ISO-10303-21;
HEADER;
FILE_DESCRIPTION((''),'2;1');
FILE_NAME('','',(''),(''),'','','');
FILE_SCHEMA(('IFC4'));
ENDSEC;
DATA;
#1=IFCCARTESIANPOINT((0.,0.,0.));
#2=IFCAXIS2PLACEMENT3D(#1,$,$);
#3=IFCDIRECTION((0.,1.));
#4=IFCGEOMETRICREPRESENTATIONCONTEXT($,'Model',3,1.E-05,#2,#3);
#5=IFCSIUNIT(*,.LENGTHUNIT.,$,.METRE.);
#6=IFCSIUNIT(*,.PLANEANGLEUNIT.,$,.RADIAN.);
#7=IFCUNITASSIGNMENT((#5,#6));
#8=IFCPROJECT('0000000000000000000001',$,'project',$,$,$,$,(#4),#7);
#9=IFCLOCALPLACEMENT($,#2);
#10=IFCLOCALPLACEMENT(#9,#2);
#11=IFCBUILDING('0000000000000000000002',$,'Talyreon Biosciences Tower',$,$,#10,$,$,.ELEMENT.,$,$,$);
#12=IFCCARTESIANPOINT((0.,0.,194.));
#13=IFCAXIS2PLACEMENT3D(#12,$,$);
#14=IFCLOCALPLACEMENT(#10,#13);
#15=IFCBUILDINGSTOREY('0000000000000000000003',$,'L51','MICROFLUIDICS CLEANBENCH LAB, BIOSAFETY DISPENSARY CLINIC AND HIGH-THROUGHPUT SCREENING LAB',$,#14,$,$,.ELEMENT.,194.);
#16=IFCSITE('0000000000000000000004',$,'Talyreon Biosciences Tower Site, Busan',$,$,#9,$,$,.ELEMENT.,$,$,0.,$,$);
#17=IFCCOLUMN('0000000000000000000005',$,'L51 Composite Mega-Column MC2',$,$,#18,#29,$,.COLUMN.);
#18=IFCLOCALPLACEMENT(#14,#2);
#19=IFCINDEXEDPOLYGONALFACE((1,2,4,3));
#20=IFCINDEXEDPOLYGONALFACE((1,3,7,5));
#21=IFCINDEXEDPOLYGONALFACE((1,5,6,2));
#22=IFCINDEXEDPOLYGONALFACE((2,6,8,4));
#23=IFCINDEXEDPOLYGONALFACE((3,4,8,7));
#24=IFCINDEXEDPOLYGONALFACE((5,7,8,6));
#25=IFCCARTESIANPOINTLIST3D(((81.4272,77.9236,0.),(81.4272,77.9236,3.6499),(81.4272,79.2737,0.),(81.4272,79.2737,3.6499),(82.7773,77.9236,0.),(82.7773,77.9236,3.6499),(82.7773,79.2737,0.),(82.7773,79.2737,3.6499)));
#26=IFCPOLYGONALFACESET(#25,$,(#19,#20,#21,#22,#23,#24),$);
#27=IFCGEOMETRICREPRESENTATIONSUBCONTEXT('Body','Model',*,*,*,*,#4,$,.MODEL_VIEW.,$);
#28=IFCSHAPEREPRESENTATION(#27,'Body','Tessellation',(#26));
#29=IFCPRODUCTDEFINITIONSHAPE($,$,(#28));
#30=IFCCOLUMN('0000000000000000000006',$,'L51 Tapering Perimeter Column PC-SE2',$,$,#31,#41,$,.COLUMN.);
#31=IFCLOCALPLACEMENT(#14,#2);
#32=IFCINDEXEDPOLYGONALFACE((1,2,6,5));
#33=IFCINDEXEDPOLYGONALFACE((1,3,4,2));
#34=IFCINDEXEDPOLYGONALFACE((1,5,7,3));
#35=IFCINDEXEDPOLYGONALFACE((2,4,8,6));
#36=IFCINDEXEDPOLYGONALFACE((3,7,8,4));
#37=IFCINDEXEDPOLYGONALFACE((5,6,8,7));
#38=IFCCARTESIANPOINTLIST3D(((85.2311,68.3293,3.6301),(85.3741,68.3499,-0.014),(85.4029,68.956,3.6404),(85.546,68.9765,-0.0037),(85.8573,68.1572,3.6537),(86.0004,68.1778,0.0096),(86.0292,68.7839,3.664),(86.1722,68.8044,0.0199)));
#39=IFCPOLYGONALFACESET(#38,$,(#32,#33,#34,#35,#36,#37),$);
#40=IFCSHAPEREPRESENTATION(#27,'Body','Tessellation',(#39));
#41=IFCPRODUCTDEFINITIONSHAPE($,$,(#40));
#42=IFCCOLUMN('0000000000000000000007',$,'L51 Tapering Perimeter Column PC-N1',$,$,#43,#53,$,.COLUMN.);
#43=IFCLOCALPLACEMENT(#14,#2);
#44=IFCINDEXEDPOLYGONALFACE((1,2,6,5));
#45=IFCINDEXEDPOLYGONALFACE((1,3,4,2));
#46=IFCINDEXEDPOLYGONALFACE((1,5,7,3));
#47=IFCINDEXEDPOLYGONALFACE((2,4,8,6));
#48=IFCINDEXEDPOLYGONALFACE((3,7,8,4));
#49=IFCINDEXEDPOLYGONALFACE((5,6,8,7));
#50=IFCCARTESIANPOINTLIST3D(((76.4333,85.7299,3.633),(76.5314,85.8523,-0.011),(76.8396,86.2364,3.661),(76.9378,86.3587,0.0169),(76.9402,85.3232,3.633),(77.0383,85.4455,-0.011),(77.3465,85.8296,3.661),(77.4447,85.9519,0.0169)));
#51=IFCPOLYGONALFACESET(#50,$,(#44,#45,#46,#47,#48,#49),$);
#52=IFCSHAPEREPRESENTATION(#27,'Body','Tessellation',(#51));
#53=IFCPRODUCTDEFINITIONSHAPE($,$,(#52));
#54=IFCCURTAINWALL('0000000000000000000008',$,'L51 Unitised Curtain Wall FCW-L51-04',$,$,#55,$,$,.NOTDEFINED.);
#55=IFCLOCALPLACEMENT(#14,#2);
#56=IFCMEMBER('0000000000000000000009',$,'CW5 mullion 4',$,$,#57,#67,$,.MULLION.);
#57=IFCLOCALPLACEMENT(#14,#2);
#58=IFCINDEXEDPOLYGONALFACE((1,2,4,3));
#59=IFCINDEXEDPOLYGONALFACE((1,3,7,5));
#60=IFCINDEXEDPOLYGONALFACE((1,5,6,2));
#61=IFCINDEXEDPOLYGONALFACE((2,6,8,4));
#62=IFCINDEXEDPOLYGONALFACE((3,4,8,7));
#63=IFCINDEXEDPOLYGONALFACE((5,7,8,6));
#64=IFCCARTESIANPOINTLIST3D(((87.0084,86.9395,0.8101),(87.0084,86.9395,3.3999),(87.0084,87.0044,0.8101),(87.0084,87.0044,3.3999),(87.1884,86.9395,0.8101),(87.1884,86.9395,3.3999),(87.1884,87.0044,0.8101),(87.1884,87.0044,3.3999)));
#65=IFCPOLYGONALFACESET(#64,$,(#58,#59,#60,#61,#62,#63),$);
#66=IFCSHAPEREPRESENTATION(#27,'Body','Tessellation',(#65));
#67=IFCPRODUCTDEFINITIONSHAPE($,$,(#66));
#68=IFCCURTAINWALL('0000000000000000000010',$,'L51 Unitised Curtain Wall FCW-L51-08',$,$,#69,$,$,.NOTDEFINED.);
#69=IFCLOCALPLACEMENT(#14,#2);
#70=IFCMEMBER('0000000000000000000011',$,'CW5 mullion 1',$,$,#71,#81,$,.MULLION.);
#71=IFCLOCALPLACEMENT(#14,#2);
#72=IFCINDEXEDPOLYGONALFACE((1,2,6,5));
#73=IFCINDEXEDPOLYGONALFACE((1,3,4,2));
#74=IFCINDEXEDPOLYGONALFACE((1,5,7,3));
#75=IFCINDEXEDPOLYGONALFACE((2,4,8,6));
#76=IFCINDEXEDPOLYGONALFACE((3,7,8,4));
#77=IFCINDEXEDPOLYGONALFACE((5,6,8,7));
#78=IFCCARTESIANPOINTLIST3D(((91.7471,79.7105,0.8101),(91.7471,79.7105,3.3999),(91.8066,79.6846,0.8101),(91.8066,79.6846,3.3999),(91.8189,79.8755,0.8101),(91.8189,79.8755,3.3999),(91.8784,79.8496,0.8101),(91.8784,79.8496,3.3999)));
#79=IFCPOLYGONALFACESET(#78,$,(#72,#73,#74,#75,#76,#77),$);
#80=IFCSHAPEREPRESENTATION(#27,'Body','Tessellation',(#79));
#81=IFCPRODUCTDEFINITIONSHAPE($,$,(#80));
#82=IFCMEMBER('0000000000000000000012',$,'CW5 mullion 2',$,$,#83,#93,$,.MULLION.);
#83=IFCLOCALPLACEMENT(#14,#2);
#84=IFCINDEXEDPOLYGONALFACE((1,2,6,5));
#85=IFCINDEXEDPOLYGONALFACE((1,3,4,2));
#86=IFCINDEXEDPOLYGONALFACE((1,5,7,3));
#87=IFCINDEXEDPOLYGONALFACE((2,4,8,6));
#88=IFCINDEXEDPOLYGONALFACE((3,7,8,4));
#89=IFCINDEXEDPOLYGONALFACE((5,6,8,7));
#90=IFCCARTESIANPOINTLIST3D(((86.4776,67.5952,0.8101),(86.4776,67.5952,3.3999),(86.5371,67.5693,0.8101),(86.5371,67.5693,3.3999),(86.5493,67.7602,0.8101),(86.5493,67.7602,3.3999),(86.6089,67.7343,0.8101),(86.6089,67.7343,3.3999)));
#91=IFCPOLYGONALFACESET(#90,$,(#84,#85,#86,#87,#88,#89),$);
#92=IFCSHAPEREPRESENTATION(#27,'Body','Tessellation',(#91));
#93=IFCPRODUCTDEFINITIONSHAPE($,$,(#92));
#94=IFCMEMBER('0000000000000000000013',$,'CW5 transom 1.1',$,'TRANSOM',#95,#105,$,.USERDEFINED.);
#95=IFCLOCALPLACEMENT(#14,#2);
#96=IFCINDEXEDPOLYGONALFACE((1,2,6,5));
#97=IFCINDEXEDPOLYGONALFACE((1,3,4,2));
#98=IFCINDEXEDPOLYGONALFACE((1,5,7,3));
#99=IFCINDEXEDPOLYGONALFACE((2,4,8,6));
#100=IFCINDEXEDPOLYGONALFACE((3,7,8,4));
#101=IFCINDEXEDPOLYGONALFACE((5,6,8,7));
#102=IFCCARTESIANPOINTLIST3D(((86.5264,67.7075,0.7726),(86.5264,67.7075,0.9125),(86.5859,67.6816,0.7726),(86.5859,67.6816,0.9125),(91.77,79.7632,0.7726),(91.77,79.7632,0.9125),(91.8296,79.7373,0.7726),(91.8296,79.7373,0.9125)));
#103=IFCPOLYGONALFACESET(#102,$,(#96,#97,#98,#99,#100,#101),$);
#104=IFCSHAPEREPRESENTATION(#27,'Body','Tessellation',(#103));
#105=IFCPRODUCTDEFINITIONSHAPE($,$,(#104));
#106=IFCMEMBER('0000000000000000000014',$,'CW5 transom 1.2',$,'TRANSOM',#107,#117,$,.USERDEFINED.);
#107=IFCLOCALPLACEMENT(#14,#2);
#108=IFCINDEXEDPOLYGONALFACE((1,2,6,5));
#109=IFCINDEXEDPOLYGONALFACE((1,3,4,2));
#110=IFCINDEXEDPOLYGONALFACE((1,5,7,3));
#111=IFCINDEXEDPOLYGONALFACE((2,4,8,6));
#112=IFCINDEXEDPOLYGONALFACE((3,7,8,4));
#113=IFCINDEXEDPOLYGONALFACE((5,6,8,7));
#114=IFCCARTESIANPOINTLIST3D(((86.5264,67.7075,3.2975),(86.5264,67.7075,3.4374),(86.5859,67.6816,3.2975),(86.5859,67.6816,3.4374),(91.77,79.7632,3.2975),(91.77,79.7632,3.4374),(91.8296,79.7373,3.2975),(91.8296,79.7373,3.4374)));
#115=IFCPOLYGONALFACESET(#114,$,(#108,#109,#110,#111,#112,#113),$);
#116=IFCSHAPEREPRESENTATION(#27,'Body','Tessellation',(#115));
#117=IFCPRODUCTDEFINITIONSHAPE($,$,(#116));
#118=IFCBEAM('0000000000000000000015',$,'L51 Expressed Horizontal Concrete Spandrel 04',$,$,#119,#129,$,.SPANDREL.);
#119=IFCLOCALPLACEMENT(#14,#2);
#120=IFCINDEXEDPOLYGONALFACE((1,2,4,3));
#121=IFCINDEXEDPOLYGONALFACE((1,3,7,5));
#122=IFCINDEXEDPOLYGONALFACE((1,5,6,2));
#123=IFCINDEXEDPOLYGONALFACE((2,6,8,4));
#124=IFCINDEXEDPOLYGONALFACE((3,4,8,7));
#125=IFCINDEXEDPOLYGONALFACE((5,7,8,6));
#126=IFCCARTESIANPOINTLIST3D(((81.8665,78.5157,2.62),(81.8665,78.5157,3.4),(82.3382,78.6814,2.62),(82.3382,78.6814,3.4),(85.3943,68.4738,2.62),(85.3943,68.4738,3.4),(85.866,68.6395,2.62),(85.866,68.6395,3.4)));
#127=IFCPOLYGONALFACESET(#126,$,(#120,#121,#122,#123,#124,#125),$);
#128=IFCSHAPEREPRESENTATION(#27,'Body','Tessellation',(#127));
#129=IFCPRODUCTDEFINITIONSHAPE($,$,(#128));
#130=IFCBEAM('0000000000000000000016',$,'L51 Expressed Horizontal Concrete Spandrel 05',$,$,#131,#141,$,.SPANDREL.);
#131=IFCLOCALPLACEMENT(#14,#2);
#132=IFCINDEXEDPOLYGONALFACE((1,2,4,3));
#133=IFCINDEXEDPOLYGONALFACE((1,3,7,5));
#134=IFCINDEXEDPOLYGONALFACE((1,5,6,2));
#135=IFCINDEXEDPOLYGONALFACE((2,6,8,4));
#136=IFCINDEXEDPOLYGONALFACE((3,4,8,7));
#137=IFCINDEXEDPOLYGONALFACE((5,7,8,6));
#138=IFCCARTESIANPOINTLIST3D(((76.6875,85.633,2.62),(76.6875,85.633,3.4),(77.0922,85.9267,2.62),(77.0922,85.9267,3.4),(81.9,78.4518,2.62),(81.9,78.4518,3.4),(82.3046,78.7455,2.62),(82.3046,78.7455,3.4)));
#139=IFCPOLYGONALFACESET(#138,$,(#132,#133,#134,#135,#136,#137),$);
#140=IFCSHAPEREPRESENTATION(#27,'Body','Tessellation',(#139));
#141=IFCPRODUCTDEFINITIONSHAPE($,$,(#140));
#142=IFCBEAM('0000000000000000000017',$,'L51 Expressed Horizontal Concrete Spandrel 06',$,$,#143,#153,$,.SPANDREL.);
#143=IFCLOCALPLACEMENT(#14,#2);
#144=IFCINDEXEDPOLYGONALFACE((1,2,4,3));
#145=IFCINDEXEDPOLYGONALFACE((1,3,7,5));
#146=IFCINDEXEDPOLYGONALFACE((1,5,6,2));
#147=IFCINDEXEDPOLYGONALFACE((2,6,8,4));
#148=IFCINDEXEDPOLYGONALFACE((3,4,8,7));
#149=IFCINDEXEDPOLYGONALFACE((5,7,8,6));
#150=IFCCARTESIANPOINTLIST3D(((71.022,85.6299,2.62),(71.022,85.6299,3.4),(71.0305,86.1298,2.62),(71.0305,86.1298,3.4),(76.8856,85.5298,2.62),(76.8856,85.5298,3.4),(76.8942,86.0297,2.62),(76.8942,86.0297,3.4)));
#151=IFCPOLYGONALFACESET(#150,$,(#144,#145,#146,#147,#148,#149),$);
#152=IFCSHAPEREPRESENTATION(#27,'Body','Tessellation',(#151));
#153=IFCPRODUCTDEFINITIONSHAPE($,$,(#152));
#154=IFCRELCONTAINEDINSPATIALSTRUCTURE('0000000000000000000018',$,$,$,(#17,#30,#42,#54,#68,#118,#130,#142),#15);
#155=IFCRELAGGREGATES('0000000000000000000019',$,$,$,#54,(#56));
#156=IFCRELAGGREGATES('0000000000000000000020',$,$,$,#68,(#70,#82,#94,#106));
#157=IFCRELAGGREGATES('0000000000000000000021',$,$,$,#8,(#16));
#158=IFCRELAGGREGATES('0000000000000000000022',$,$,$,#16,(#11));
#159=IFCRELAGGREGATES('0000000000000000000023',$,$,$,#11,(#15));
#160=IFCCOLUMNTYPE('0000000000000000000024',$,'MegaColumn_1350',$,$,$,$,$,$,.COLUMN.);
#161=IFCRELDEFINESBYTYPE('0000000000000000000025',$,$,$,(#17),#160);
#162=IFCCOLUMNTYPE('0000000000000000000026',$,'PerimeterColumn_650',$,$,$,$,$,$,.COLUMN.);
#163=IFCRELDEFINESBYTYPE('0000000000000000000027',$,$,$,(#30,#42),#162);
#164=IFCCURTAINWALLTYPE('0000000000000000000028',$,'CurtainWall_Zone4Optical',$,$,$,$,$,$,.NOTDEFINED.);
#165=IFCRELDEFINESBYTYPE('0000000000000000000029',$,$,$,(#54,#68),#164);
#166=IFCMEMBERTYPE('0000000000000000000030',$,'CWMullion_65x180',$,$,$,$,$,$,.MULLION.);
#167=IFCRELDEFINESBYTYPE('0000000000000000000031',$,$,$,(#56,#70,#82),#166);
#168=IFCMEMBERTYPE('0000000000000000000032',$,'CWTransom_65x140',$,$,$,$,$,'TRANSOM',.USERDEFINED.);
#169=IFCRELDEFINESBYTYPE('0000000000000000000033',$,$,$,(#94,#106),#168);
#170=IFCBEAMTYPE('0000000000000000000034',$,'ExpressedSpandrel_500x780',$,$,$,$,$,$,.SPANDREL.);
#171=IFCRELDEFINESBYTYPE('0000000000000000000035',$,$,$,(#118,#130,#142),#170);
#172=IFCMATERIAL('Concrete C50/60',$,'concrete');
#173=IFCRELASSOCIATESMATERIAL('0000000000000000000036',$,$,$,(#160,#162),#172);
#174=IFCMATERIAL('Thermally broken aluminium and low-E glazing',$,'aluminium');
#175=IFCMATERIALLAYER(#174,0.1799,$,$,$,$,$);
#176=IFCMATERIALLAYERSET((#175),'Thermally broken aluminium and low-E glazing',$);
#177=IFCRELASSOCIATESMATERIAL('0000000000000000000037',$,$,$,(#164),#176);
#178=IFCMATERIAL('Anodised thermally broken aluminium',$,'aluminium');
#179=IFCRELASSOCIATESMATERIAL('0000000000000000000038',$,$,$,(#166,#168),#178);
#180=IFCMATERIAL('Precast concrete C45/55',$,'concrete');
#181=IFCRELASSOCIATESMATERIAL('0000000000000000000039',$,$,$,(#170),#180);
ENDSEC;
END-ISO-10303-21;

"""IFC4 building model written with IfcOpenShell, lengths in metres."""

from ifc_helpers import new_model, si_unit, direction, frame, origin, origin_2d, place, context, subcontext, project, spatial, rectangle, extrude, material, layer, layer_set, material_profile, profile_set, type_object, element, aggregate, save


model = new_model("IFC4")

# Units and contexts
model_context = context("Model", 3, precision=1e-05, world=origin(), true_north=direction((0.0, 1.0)))
body_context = subcontext(model_context, "Body", "Model", "MODEL_VIEW")
ifc_project = project(units=[si_unit("LENGTHUNIT", "METRE"), si_unit("PLANEANGLEUNIT", "RADIAN")], contexts=[model_context])

# Site, building, storey
site_placement = place(None, origin())
site = spatial("IfcSite", under=ifc_project, at=site_placement, Name="Talyreon Biosciences Tower Site, Busan", CompositionType="ELEMENT", RefElevation=0.0)
building_placement = place(site_placement, origin())
building = spatial("IfcBuilding", under=site, at=building_placement, Name="Talyreon Biosciences Tower", CompositionType="ELEMENT")
storey_placement = place(building_placement, frame((0.0, 0.0, 194.0)))
storey = spatial("IfcBuildingStorey", under=building, at=storey_placement, Name="L51", Description="MICROFLUIDICS CLEANBENCH LAB, BIOSAFETY DISPENSARY CLINIC AND HIGH-THROUGHPUT SCREENING LAB", CompositionType="ELEMENT", Elevation=194.0)

# Columns
ifc_material_1 = material(Name="Concrete C50/60", Category="concrete")
ifc_material_profile_1 = material_profile(ifc_material_1, rectangle(XDim=1.3501, YDim=1.3501, at=origin_2d()), Name="RC 1350x1350")
ifc_profile_set_1 = profile_set([ifc_material_profile_1], Name="Concrete C50/60")
column_type_1 = type_object("IfcColumnType", Name="MegaColumn_1350", PredefinedType="COLUMN", material=ifc_profile_set_1)
column_1_placement = place(storey_placement, frame((82.1023, 78.5986, 0.0), z_axis=(0.0, 0.0, 1.0), x_axis=(1.0, 0.0, 0.0)))
element("IfcColumn", 1, at=column_1_placement, inside=storey, type_object=column_type_1, Name="L51 Composite Mega-Column MC2", PredefinedType="COLUMN", context=body_context, shape_type="SweptSolid", body=[
    extrude(rectangle(XDim=1.3501, YDim=1.3501, at=origin_2d()), origin(), (0.0, 0.0, 1.0), 3.6499),
])
ifc_material_profile_2 = material_profile(ifc_material_1, rectangle(XDim=0.6499, YDim=0.6499, at=origin_2d()), Name="RC 650x650")
ifc_profile_set_2 = profile_set([ifc_material_profile_2], Name="Concrete C50/60")
column_type_2 = type_object("IfcColumnType", Name="PerimeterColumn_650", PredefinedType="COLUMN", material=ifc_profile_set_2)
column_2_placement = place(storey_placement, frame((85.7732, 68.5771, 0.0029), z_axis=(-0.03923, -0.005623, 0.999214), x_axis=(0.963616, -0.264809, 0.036342)))
element("IfcColumn", 2, at=column_2_placement, inside=storey, type_object=column_type_2, Name="L51 Tapering Perimeter Column PC-SE2", PredefinedType="COLUMN", context=body_context, shape_type="SweptSolid", body=[
    extrude(rectangle(XDim=0.6499, YDim=0.6499, at=origin_2d()), origin(), (0.0, 0.0, 1.0), 3.647),
])
column_3_placement = place(storey_placement, frame((76.988, 85.9021, 0.0029), z_axis=(-0.026908, -0.033535, 0.999075), x_axis=(-0.779957, 0.625834, 0.0)))
element("IfcColumn", 3, at=column_3_placement, inside=storey, type_object=column_type_2, Name="L51 Tapering Perimeter Column PC-N1", PredefinedType="COLUMN", context=body_context, shape_type="SweptSolid", body=[
    extrude(rectangle(XDim=0.6499, YDim=0.6499, at=origin_2d()), origin(), (0.0, 0.0, 1.0), 3.6475),
])

# Curtain wall, member
ifc_material_2 = material(Name="Thermally broken aluminium and low-E glazing", Category="aluminium")
ifc_layer_1 = layer(ifc_material_2, 0.1799)
ifc_layer_set_1 = layer_set([ifc_layer_1], Name="Thermally broken aluminium and low-E glazing")
curtain_wall_type = type_object("IfcCurtainWallType", Name="CurtainWall_Zone4Optical", PredefinedType="NOTDEFINED", material=ifc_layer_set_1)
curtain_wall_1_placement = place(storey_placement, origin())
curtain_wall_1 = element("IfcCurtainWall", 4, at=curtain_wall_1_placement, inside=storey, type_object=curtain_wall_type, Name="L51 Unitised Curtain Wall FCW-L51-04", PredefinedType="NOTDEFINED")
ifc_material_3 = material(Name="Anodised thermally broken aluminium", Category="aluminium")
ifc_material_profile_3 = material_profile(ifc_material_3, rectangle(XDim=0.0649, YDim=0.1799, at=origin_2d()), Name="ALUM MULLION 65x180")
ifc_profile_set_3 = profile_set([ifc_material_profile_3], Name="Anodised thermally broken aluminium")
member_type_1 = type_object("IfcMemberType", Name="CWMullion_65x180", PredefinedType="MULLION", material=ifc_profile_set_3)
member_1_placement = place(storey_placement, frame((87.0984, 86.9719, 0.8101), z_axis=(0.0, 0.0, 1.0), x_axis=(0.0, 1.0, 0.0)))
member_1 = element("IfcMember", 5, at=member_1_placement, type_object=member_type_1, Name="CW5 mullion 4", PredefinedType="MULLION", context=body_context, shape_type="SweptSolid", body=[
    extrude(rectangle(XDim=0.0649, YDim=0.1799, at=origin_2d()), origin(), (0.0, 0.0, 1.0), 2.5898),
])

# Curtain wall, members
curtain_wall_2_placement = place(storey_placement, origin())
curtain_wall_2 = element("IfcCurtainWall", 6, at=curtain_wall_2_placement, inside=storey, type_object=curtain_wall_type, Name="L51 Unitised Curtain Wall FCW-L51-08", PredefinedType="NOTDEFINED")
member_2_placement = place(storey_placement, frame((91.8127, 79.78, 0.8101), z_axis=(0.0, 0.0, 1.0), x_axis=(0.917011, -0.398862, 0.0)))
member_2 = element("IfcMember", 7, at=member_2_placement, type_object=member_type_1, Name="CW5 mullion 1", PredefinedType="MULLION", context=body_context, shape_type="SweptSolid", body=[
    extrude(rectangle(XDim=0.0649, YDim=0.1799, at=origin_2d()), origin(), (0.0, 0.0, 1.0), 2.5898),
])
member_3_placement = place(storey_placement, frame((86.5432, 67.6648, 0.8101), z_axis=(0.0, 0.0, 1.0), x_axis=(0.917011, -0.398862, 0.0)))
member_3 = element("IfcMember", 8, at=member_3_placement, type_object=member_type_1, Name="CW5 mullion 2", PredefinedType="MULLION", context=body_context, shape_type="SweptSolid", body=[
    extrude(rectangle(XDim=0.0649, YDim=0.1799, at=origin_2d()), origin(), (0.0, 0.0, 1.0), 2.5898),
])
ifc_material_profile_4 = material_profile(ifc_material_3, rectangle(XDim=0.0649, YDim=0.1399, at=origin_2d()), Name="ALUM TRANSOM 65x140")
ifc_profile_set_4 = profile_set([ifc_material_profile_4], Name="Anodised thermally broken aluminium")
member_type_2 = type_object("IfcMemberType", Name="CWTransom_65x140", ElementType="TRANSOM", PredefinedType="USERDEFINED", material=ifc_profile_set_4)
member_4_placement = place(storey_placement, frame((91.7998, 79.7502, 0.8425), z_axis=(-0.398858, -0.917013, 0.0), x_axis=(0.917013, -0.398858, 0.0)))
member_4 = element("IfcMember", 9, at=member_4_placement, type_object=member_type_2, Name="CW5 transom 1.1", ObjectType="TRANSOM", PredefinedType="USERDEFINED", context=body_context, shape_type="SweptSolid", body=[
    extrude(rectangle(XDim=0.0649, YDim=0.1399, at=origin_2d()), origin(), (0.0, 0.0, 1.0), 13.1467),
])
member_5_placement = place(storey_placement, frame((91.7998, 79.7502, 3.3674), z_axis=(-0.398858, -0.917013, 0.0), x_axis=(0.917013, -0.398858, 0.0)))
member_5 = element("IfcMember", 10, at=member_5_placement, type_object=member_type_2, Name="CW5 transom 1.2", ObjectType="TRANSOM", PredefinedType="USERDEFINED", context=body_context, shape_type="SweptSolid", body=[
    extrude(rectangle(XDim=0.0649, YDim=0.1399, at=origin_2d()), origin(), (0.0, 0.0, 1.0), 13.1467),
])

# Beams
ifc_material_4 = material(Name="Precast concrete C45/55", Category="concrete")
ifc_material_profile_5 = material_profile(ifc_material_4, rectangle(XDim=0.5, YDim=0.78, at=origin_2d()), Name="RCB 500x780")
ifc_profile_set_5 = profile_set([ifc_material_profile_5], Name="Precast concrete C45/55")
beam_type_1 = type_object("IfcBeamType", Name="ExpressedSpandrel_500x780", PredefinedType="SPANDREL", material=ifc_profile_set_5)
beam_1_placement = place(storey_placement, frame((85.6301, 68.5566, 3.01), z_axis=(-0.33145, 0.943473, 0.0), x_axis=(-0.943473, -0.33145, 0.0)))
element("IfcBeam", 11, at=beam_1_placement, inside=storey, type_object=beam_type_1, Name="L51 Expressed Horizontal Concrete Spandrel 04", PredefinedType="SPANDREL", context=body_context, shape_type="SweptSolid", body=[
    extrude(rectangle(XDim=0.5, YDim=0.78, at=origin_2d()), origin(), (0.0, 0.0, 1.0), 10.6436),
])
beam_2_placement = place(storey_placement, frame((82.1023, 78.5986, 3.01), z_axis=(-0.587416, 0.809285, 0.0), x_axis=(-0.809285, -0.587416, 0.0)))
element("IfcBeam", 12, at=beam_2_placement, inside=storey, type_object=beam_type_1, Name="L51 Expressed Horizontal Concrete Spandrel 05", PredefinedType="SPANDREL", context=body_context, shape_type="SweptSolid", body=[
    extrude(rectangle(XDim=0.5, YDim=0.78, at=origin_2d()), origin(), (0.0, 0.0, 1.0), 8.8735),
])
beam_3_placement = place(storey_placement, frame((76.8899, 85.7798, 3.01), z_axis=(-0.999854, 0.017068, 0.0), x_axis=(-0.017068, -0.999854, 0.0)))
element("IfcBeam", 13, at=beam_3_placement, inside=storey, type_object=beam_type_1, Name="L51 Expressed Horizontal Concrete Spandrel 06", PredefinedType="SPANDREL", context=body_context, shape_type="SweptSolid", body=[
    extrude(rectangle(XDim=0.5, YDim=0.78, at=origin_2d()), origin(), (0.0, 0.0, 1.0), 5.8645),
])

aggregate(curtain_wall_1, [member_1])
aggregate(curtain_wall_2, [member_2, member_3, member_4, member_5])

save(model, "model.ifc")
